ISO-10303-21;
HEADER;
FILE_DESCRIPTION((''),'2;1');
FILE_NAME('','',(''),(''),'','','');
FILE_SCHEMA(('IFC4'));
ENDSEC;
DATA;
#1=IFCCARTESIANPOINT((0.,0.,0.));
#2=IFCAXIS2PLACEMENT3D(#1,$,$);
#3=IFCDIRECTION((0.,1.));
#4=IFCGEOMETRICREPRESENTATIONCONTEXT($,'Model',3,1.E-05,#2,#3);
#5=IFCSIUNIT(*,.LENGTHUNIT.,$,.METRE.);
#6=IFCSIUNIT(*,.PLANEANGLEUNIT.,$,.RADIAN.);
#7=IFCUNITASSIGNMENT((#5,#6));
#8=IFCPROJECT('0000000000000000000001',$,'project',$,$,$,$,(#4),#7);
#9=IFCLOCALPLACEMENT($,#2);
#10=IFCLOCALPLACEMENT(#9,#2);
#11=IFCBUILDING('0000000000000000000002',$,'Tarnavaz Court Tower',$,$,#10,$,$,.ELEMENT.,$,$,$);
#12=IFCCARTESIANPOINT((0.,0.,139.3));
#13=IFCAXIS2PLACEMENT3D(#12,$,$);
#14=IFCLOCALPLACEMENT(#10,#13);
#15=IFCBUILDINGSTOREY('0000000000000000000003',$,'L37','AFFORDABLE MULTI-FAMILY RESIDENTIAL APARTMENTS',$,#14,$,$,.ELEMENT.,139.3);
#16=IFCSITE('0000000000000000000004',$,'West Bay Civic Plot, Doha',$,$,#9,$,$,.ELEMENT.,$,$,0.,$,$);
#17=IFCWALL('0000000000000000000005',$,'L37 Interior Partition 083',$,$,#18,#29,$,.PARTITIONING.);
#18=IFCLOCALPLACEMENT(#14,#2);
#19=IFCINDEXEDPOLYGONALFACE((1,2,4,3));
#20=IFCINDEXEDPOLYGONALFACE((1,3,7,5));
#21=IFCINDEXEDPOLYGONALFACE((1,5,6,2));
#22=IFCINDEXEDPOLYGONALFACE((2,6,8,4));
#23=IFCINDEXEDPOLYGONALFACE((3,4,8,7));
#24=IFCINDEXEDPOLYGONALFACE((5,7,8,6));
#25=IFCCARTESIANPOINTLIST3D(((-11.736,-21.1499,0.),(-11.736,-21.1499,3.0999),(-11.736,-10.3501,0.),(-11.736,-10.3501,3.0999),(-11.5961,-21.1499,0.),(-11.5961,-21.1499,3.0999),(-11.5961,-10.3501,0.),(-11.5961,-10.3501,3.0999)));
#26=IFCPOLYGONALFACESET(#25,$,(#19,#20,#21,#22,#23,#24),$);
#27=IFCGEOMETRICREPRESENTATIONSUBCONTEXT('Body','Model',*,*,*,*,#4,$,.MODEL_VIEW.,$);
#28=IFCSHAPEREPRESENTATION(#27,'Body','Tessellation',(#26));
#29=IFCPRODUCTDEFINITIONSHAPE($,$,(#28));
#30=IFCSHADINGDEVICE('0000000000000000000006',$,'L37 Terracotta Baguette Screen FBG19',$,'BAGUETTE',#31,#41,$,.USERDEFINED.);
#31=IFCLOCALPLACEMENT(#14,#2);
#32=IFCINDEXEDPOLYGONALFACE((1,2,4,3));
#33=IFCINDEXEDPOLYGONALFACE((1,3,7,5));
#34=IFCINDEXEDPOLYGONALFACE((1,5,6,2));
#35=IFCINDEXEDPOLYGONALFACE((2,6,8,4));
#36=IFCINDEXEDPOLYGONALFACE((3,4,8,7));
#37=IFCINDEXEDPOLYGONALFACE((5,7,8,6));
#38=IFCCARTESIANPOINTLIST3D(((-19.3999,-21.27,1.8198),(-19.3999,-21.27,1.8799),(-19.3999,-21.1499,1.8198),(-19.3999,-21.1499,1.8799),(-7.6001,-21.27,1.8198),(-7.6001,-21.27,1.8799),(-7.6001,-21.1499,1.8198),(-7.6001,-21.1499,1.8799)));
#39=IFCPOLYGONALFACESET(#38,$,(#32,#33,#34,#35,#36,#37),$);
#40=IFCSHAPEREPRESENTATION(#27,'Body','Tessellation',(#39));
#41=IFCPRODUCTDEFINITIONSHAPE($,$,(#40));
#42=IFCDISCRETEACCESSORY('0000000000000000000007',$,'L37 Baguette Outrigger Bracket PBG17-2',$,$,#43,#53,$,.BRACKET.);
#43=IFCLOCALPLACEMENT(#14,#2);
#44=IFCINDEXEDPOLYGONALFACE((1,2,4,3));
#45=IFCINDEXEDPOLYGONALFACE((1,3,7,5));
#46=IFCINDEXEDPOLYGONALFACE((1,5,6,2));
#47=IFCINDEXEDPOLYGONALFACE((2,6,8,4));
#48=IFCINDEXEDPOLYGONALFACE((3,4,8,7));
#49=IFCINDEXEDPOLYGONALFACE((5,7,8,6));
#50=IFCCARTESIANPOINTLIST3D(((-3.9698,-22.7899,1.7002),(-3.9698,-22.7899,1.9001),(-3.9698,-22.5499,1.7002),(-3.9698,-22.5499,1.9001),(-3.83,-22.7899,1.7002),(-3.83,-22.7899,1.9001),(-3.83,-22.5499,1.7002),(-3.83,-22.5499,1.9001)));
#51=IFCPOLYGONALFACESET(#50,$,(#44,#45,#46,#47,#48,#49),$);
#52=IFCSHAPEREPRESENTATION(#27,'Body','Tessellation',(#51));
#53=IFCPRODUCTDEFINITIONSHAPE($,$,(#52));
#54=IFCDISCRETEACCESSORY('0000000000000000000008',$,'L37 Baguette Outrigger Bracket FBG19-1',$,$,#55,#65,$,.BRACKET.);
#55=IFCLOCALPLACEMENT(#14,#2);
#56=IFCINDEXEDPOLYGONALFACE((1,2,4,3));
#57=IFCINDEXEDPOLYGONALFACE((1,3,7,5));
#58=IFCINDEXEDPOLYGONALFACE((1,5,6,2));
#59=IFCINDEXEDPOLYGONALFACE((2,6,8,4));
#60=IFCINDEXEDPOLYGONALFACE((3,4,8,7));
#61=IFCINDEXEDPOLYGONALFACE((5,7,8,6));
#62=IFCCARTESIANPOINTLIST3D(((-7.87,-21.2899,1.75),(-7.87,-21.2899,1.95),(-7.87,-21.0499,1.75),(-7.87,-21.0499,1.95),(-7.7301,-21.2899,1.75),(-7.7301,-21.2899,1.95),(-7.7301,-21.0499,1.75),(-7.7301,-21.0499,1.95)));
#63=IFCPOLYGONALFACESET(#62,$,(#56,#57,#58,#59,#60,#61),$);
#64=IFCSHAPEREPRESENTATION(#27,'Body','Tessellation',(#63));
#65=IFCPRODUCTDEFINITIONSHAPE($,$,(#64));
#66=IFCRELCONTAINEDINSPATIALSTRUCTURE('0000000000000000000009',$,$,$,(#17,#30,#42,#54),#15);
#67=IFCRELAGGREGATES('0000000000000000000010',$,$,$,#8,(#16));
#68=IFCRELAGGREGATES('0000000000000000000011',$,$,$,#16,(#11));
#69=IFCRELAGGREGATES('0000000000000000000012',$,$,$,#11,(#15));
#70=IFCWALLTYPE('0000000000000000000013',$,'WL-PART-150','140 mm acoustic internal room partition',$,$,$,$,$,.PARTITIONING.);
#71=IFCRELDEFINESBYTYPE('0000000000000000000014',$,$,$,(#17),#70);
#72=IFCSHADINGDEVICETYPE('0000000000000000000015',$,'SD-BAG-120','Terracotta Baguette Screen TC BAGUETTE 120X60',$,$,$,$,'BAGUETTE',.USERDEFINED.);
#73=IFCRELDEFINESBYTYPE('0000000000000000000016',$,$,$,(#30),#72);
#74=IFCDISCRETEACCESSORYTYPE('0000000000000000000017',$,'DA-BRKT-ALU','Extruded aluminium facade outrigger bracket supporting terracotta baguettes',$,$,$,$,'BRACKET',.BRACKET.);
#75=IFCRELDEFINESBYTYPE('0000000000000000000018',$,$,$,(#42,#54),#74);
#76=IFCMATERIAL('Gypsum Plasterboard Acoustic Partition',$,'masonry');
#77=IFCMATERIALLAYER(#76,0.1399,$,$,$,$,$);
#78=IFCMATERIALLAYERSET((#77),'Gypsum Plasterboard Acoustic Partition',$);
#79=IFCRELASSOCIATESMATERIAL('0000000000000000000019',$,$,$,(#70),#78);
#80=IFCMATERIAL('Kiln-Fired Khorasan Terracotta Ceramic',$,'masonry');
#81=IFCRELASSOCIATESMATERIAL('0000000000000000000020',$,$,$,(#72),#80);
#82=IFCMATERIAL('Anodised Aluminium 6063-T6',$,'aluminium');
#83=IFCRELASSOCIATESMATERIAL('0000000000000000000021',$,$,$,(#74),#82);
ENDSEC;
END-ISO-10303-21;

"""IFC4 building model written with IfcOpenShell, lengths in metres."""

from ifc_helpers import new_model, si_unit, direction, frame, frame_2d, origin, origin_2d, place, context, subcontext, project, spatial, rectangle, extrude, material, layer, layer_set, material_profile, profile_set, type_object, element, save


model = new_model("IFC4")

# Units and contexts
model_context = context("Model", 3, precision=1e-05, world=origin(), true_north=direction((0.0, 1.0)))
body_context = subcontext(model_context, "Body", "Model", "MODEL_VIEW")
ifc_project = project(units=[si_unit("LENGTHUNIT", "METRE"), si_unit("PLANEANGLEUNIT", "RADIAN")], contexts=[model_context])

# Site, building, storey
site_placement = place(None, origin())
site = spatial("IfcSite", under=ifc_project, at=site_placement, Name="West Bay Civic Plot, Doha", CompositionType="ELEMENT", RefElevation=0.0)
building_placement = place(site_placement, origin())
building = spatial("IfcBuilding", under=site, at=building_placement, Name="Tarnavaz Court Tower", CompositionType="ELEMENT")
storey_placement = place(building_placement, frame((0.0, 0.0, 139.3)))
storey = spatial("IfcBuildingStorey", under=building, at=storey_placement, Name="L37", Description="AFFORDABLE MULTI-FAMILY RESIDENTIAL APARTMENTS", CompositionType="ELEMENT", Elevation=139.3)

# Shared definitions
ifc_material_1 = material(Name="Anodised Aluminium 6063-T6", Category="aluminium")

# Wall
ifc_material_2 = material(Name="Gypsum Plasterboard Acoustic Partition", Category="masonry")
ifc_layer_1 = layer(ifc_material_2, 0.1399)
ifc_layer_set_1 = layer_set([ifc_layer_1], Name="Gypsum Plasterboard Acoustic Partition")
wall_type_1 = type_object("IfcWallType", Name="WL-PART-150", Description="140 mm acoustic internal room partition", PredefinedType="PARTITIONING", material=ifc_layer_set_1)
wall_1_placement = place(storey_placement, frame((-11.666, -21.1499, 0.0), z_axis=(0.0, 0.0, 1.0), x_axis=(0.0, 1.0, 0.0)))
element("IfcWall", 1, at=wall_1_placement, inside=storey, type_object=wall_type_1, Name="L37 Interior Partition 083", PredefinedType="PARTITIONING", context=body_context, shape_type="SweptSolid", body=[
    extrude(rectangle(XDim=10.7998, YDim=0.1399, at=frame_2d((5.3999, 0.0))), origin(), (0.0, 0.0, 1.0), 3.0999),
])

# Shading device
ifc_material_3 = material(Name="Kiln-Fired Khorasan Terracotta Ceramic", Category="masonry")
ifc_material_profile_1 = material_profile(ifc_material_3, rectangle(XDim=0.1201, YDim=0.0601, at=origin_2d()), Name="TC BAGUETTE 120X60")
ifc_profile_set_1 = profile_set([ifc_material_profile_1], Name="Kiln-Fired Khorasan Terracotta Ceramic")
shading_device_type = type_object("IfcShadingDeviceType", Name="SD-BAG-120", Description="Terracotta Baguette Screen TC BAGUETTE 120X60", ElementType="BAGUETTE", PredefinedType="USERDEFINED", material=ifc_profile_set_1)
shading_device_placement = place(storey_placement, frame((-7.6001, -21.21, 1.8499), z_axis=(-1.0, 0.0, 0.0), x_axis=(0.0, -1.0, 0.0)))
element("IfcShadingDevice", 2, at=shading_device_placement, inside=storey, type_object=shading_device_type, Name="L37 Terracotta Baguette Screen FBG19", ObjectType="BAGUETTE", PredefinedType="USERDEFINED", context=body_context, shape_type="SweptSolid", body=[
    extrude(rectangle(XDim=0.1201, YDim=0.0601, at=origin_2d()), origin(), (0.0, 0.0, 1.0), 11.7998),
])

# Discrete accessories
discrete_accessory_type = type_object("IfcDiscreteAccessoryType", Name="DA-BRKT-ALU", Description="Extruded aluminium facade outrigger bracket supporting terracotta baguettes", ElementType="BRACKET", PredefinedType="BRACKET", material=ifc_material_1)
for number, where, z_axis, x_axis, name in (
    (3, (-3.8999, -22.6699, 1.7002), (0.0, 0.0, 1.0), (-1.0, 0.0, 0.0), "L37 Baguette Outrigger Bracket PBG17-2"),
    (4, (-7.8, -21.1699, 1.75), (0.0, 0.0, 1.0), (-1.0, 0.0, 0.0), "L37 Baguette Outrigger Bracket FBG19-1"),
):
    element("IfcDiscreteAccessory", number, at=place(storey_placement, frame(where, z_axis=z_axis, x_axis=x_axis)), inside=storey, type_object=discrete_accessory_type, Name=name, PredefinedType="BRACKET", context=body_context, shape_type="SweptSolid", body=[
        extrude(rectangle(XDim=0.1399, YDim=0.24, at=origin_2d()), origin(), (0.0, 0.0, 1.0), 0.2),
    ])

save(model, "model.ifc")
